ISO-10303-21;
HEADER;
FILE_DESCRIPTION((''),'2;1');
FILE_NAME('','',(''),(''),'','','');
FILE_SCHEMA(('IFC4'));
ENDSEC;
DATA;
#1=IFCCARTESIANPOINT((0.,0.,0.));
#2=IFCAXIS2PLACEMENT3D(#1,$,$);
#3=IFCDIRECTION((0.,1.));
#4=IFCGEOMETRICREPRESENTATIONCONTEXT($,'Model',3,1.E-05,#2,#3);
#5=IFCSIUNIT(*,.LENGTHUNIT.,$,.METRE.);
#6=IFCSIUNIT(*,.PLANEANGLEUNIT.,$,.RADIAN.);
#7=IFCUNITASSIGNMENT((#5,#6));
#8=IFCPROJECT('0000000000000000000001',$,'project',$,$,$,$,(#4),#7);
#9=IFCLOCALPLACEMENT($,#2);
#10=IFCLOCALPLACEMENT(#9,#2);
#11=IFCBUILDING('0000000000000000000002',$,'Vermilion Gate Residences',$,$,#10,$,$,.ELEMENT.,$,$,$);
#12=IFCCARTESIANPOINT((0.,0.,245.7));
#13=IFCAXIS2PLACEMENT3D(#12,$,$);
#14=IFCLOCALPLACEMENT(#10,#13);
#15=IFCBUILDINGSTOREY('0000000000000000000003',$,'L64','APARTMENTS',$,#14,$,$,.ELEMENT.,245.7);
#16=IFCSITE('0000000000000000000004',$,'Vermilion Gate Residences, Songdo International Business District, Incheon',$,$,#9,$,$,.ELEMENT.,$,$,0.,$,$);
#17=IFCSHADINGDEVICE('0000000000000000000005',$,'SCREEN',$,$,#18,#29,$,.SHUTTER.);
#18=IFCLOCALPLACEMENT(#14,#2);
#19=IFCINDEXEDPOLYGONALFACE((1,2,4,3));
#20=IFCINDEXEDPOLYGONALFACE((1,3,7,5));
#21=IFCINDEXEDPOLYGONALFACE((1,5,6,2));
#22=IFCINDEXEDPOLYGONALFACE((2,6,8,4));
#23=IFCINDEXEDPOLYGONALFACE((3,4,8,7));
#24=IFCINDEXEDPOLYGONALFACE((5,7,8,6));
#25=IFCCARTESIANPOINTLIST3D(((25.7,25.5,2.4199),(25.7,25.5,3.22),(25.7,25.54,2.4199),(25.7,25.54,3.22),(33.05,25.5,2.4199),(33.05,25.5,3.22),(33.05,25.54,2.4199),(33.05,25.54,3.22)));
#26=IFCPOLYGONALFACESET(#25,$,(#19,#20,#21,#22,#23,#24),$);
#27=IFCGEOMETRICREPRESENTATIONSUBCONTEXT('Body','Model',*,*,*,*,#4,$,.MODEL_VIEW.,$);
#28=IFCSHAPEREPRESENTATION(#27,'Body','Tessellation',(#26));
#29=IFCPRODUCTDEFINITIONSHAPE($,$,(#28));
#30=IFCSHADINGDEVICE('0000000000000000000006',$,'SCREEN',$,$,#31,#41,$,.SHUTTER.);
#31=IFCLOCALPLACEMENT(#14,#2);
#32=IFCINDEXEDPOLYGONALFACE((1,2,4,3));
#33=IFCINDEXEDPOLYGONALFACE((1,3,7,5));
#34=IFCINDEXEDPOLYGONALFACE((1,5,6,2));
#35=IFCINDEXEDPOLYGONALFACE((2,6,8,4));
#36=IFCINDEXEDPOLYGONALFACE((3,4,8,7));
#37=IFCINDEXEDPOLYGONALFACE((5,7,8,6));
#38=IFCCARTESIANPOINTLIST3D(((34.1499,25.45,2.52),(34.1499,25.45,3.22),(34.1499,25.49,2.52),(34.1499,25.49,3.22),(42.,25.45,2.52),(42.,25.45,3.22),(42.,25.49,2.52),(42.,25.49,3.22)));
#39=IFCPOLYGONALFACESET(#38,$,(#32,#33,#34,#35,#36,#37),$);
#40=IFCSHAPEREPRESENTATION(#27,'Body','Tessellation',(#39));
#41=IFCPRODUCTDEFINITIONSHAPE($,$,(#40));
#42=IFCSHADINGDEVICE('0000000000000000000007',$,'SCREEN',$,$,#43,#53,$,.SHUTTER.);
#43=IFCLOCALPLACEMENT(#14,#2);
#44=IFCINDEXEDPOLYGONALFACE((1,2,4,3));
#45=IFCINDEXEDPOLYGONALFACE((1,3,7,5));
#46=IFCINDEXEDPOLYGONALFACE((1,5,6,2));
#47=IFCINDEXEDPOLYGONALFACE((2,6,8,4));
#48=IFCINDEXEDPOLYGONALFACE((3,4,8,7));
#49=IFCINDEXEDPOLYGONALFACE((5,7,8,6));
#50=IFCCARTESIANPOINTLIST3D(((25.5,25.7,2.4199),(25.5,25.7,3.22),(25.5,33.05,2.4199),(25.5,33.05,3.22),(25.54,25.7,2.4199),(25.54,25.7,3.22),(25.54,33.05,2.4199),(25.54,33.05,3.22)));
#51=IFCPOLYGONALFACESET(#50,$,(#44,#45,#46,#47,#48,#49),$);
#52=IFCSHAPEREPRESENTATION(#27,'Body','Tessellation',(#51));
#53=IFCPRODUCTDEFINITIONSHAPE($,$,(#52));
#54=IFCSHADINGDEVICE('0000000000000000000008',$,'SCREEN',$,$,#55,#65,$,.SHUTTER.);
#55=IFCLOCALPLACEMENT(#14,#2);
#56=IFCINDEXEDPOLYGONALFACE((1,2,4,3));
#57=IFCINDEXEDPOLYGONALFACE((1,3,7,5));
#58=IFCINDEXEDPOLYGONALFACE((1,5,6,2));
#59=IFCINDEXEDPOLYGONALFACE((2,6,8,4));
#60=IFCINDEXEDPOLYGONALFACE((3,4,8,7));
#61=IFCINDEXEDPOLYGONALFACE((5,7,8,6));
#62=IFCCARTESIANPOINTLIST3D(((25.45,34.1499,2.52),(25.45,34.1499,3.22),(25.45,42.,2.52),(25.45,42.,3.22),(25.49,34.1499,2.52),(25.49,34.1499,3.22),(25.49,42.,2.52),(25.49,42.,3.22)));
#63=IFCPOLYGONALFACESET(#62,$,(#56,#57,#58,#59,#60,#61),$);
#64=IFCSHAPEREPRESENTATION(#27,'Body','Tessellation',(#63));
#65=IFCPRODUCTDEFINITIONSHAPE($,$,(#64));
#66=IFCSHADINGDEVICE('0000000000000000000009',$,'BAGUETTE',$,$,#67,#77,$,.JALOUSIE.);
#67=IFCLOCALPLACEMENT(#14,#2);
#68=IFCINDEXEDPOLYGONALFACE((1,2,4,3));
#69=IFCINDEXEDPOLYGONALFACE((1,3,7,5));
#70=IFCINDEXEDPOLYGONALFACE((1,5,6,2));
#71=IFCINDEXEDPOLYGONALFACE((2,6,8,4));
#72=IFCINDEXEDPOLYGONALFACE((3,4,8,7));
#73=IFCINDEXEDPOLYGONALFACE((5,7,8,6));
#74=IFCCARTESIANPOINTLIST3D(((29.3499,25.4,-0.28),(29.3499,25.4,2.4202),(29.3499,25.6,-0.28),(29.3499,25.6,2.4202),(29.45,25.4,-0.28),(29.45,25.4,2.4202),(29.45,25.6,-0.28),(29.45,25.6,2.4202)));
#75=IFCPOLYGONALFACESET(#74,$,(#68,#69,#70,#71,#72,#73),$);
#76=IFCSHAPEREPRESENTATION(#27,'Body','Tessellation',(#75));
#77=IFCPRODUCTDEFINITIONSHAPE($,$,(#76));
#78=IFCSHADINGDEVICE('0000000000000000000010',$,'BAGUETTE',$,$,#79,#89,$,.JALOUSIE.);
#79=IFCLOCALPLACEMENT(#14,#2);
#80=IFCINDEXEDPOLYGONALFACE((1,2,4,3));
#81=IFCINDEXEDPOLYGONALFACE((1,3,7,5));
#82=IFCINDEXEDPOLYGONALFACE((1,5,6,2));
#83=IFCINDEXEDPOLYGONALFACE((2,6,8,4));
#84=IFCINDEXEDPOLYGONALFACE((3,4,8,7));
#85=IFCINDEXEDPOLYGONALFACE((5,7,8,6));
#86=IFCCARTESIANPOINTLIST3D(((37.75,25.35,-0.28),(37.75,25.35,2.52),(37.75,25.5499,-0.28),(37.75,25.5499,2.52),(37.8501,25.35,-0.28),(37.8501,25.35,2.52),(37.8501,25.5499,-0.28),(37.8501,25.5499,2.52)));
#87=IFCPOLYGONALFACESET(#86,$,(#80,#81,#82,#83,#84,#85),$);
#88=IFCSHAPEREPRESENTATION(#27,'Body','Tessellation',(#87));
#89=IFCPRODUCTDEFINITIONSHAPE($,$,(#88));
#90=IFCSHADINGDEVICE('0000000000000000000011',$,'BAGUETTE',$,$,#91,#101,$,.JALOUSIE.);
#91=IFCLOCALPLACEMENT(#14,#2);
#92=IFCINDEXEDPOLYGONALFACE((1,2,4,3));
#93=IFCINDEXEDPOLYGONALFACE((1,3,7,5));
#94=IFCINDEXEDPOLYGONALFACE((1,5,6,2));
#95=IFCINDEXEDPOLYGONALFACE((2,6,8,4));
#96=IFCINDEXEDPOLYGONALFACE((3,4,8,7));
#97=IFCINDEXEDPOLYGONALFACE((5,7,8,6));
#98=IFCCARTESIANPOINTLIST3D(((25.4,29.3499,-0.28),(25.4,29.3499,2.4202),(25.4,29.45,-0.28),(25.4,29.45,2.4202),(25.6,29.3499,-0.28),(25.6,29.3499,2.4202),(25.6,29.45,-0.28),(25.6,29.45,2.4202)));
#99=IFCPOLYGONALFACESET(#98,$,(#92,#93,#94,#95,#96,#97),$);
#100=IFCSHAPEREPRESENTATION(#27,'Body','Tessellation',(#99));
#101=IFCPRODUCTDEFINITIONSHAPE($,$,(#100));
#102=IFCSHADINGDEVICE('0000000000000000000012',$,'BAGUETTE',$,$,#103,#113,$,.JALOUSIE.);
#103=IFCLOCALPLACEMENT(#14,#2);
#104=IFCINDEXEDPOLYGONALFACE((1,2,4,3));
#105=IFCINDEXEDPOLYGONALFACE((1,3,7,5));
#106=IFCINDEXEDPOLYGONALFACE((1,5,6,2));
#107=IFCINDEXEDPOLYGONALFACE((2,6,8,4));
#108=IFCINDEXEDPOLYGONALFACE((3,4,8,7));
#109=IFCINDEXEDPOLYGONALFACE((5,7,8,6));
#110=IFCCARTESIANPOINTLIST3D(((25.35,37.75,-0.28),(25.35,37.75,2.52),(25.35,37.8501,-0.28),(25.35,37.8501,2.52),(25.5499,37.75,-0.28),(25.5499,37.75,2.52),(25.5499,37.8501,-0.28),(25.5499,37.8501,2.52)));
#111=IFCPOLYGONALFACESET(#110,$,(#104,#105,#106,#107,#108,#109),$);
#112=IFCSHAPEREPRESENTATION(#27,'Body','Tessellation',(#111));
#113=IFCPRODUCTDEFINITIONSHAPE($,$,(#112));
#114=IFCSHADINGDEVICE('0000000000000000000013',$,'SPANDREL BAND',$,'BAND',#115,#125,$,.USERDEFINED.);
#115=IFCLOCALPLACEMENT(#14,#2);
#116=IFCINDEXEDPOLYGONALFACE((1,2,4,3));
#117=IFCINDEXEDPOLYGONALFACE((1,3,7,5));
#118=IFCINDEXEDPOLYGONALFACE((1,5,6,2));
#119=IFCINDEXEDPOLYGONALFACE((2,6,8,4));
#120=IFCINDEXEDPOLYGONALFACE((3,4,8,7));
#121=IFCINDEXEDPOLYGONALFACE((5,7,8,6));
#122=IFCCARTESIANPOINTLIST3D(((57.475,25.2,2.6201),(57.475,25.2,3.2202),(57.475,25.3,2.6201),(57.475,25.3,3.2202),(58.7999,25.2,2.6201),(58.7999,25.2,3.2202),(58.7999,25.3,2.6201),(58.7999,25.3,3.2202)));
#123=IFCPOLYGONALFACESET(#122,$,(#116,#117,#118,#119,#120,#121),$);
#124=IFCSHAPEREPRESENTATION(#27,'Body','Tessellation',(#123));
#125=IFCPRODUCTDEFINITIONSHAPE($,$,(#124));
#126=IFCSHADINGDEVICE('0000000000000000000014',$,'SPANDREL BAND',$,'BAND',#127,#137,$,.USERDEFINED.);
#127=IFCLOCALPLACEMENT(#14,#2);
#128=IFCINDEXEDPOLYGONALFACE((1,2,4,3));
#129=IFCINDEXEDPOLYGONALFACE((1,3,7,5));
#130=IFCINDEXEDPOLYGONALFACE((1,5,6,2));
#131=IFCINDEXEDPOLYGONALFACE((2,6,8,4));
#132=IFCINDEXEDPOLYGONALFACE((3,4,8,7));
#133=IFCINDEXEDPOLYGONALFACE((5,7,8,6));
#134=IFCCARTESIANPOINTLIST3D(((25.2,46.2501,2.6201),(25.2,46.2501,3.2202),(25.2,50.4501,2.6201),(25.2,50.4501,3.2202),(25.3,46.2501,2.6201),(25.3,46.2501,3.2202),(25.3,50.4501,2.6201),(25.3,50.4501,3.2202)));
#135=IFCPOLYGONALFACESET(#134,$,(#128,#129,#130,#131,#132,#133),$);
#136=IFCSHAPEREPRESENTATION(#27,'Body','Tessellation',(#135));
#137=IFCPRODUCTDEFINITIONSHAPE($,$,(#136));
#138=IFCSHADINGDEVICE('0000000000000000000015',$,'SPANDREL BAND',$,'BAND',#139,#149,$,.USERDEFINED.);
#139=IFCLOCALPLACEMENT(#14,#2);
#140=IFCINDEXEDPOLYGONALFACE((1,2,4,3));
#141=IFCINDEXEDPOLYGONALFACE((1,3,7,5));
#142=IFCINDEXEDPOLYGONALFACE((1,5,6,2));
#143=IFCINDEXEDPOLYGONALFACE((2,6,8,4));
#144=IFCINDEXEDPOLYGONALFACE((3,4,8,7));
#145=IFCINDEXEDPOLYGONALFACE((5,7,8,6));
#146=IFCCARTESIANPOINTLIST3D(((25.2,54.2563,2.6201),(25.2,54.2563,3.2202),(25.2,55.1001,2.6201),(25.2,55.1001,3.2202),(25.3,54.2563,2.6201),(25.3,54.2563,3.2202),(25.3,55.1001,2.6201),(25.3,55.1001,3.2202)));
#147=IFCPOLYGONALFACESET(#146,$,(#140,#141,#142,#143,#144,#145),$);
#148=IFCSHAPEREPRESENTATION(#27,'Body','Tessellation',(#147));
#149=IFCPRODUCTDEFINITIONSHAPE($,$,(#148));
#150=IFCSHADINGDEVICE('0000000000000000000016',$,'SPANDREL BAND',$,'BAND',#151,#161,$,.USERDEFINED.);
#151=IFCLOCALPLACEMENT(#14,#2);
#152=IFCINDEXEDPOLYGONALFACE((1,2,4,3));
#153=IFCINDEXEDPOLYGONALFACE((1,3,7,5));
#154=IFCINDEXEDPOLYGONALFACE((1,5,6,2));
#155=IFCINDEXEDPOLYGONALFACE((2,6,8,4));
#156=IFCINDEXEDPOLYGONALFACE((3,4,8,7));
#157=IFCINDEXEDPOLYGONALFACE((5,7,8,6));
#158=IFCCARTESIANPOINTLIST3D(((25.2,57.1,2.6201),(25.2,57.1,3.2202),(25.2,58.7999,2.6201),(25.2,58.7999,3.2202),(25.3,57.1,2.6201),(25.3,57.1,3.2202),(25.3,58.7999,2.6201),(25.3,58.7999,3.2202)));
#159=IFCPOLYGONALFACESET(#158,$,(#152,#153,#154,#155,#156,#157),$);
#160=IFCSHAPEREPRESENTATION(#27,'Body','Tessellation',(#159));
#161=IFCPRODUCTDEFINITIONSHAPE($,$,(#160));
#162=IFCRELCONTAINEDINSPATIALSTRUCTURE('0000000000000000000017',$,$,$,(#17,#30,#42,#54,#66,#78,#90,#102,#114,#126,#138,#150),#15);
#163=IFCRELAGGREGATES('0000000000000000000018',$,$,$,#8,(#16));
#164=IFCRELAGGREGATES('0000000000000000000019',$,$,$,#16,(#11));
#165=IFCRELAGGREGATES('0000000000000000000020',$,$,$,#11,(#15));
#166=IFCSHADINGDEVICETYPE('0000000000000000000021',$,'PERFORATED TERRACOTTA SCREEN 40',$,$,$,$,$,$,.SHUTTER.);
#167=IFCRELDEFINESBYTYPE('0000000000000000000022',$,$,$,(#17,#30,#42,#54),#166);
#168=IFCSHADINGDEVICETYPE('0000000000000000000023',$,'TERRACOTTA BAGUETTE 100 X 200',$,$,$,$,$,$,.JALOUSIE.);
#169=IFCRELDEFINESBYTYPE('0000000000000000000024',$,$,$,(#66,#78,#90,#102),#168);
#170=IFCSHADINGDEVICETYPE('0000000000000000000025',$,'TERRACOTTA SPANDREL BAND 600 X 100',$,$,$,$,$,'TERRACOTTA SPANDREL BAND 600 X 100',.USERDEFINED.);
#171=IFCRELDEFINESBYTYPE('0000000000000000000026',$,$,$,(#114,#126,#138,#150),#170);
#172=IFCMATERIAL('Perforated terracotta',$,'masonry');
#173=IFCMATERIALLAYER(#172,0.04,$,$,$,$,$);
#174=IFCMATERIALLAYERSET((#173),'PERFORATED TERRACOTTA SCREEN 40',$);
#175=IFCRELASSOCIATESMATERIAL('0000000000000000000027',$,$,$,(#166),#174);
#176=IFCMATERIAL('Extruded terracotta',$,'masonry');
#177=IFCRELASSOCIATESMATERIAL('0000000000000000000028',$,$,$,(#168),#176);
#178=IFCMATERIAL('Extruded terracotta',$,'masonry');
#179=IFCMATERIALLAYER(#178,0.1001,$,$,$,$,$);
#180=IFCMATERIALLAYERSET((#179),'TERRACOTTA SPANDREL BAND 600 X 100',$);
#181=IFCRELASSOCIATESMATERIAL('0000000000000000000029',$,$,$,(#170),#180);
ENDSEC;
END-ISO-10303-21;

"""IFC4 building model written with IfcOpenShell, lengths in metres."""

from ifc_helpers import new_model, si_unit, direction, frame, origin, origin_2d, place, context, subcontext, project, spatial, rectangle, extrude, material, layer, layer_set, material_profile, profile_set, type_object, element, save


model = new_model("IFC4")

# Units and contexts
model_context = context("Model", 3, precision=1e-05, world=origin(), true_north=direction((0.0, 1.0)))
body_context = subcontext(model_context, "Body", "Model", "MODEL_VIEW")
ifc_project = project(units=[si_unit("LENGTHUNIT", "METRE"), si_unit("PLANEANGLEUNIT", "RADIAN")], contexts=[model_context])

# Site, building, storey
site_placement = place(None, origin())
site = spatial("IfcSite", under=ifc_project, at=site_placement, Name="Vermilion Gate Residences, Songdo International Business District, Incheon", CompositionType="ELEMENT", RefElevation=0.0)
building_placement = place(site_placement, origin())
building = spatial("IfcBuilding", under=site, at=building_placement, Name="Vermilion Gate Residences", CompositionType="ELEMENT")
storey_placement = place(building_placement, frame((0.0, 0.0, 245.7)))
storey = spatial("IfcBuildingStorey", under=building, at=storey_placement, Name="L64", Description="APARTMENTS", CompositionType="ELEMENT", Elevation=245.7)

# Shading devices
ifc_material_1 = material(Name="Perforated terracotta", Category="masonry")
ifc_layer_1 = layer(ifc_material_1, 0.04)
ifc_layer_set_1 = layer_set([ifc_layer_1], Name="PERFORATED TERRACOTTA SCREEN 40")
shading_device_type_1 = type_object("IfcShadingDeviceType", Name="PERFORATED TERRACOTTA SCREEN 40", PredefinedType="SHUTTER", material=ifc_layer_set_1)
shading_device_1_placement = place(storey_placement, frame((29.375, 25.52, 2.4199), z_axis=(0.0, 0.0, 1.0), x_axis=(-1.0, 0.0, 0.0)))
element("IfcShadingDevice", 1, at=shading_device_1_placement, inside=storey, type_object=shading_device_type_1, Name="SCREEN", PredefinedType="SHUTTER", context=body_context, shape_type="SweptSolid", body=[
    extrude(rectangle(XDim=7.3501, YDim=0.04, at=origin_2d()), origin(), (0.0, 0.0, 1.0), 0.8),
])
shading_device_2_placement = place(storey_placement, frame((38.075, 25.47, 2.52), z_axis=(0.0, 0.0, 1.0), x_axis=(-1.0, 0.0, 0.0)))
element("IfcShadingDevice", 2, at=shading_device_2_placement, inside=storey, type_object=shading_device_type_1, Name="SCREEN", PredefinedType="SHUTTER", context=body_context, shape_type="SweptSolid", body=[
    extrude(rectangle(XDim=7.8501, YDim=0.04, at=origin_2d()), origin(), (0.0, 0.0, 1.0), 0.7),
])
shading_device_3_placement = place(storey_placement, frame((25.52, 29.375, 2.4199), z_axis=(0.0, 0.0, 1.0), x_axis=(0.0, 1.0, 0.0)))
element("IfcShadingDevice", 3, at=shading_device_3_placement, inside=storey, type_object=shading_device_type_1, Name="SCREEN", PredefinedType="SHUTTER", context=body_context, shape_type="SweptSolid", body=[
    extrude(rectangle(XDim=7.3501, YDim=0.04, at=origin_2d()), origin(), (0.0, 0.0, 1.0), 0.8),
])
shading_device_4_placement = place(storey_placement, frame((25.47, 38.075, 2.52), z_axis=(0.0, 0.0, 1.0), x_axis=(0.0, 1.0, 0.0)))
element("IfcShadingDevice", 4, at=shading_device_4_placement, inside=storey, type_object=shading_device_type_1, Name="SCREEN", PredefinedType="SHUTTER", context=body_context, shape_type="SweptSolid", body=[
    extrude(rectangle(XDim=7.8501, YDim=0.04, at=origin_2d()), origin(), (0.0, 0.0, 1.0), 0.7),
])
ifc_material_2 = material(Name="Extruded terracotta", Category="masonry")
ifc_material_profile = material_profile(ifc_material_2, rectangle(XDim=0.2, YDim=0.1001, at=origin_2d()), Name="BAGUETTE 100 X 200")
ifc_profile_set = profile_set([ifc_material_profile], Name="Extruded terracotta")
shading_device_type_2 = type_object("IfcShadingDeviceType", Name="TERRACOTTA BAGUETTE 100 X 200", PredefinedType="JALOUSIE", material=ifc_profile_set)
shading_device_5_placement = place(storey_placement, frame((29.3999, 25.5, -0.28), z_axis=(0.0, 0.0, 1.0), x_axis=(0.0, -1.0, 0.0)))
element("IfcShadingDevice", 5, at=shading_device_5_placement, inside=storey, type_object=shading_device_type_2, Name="BAGUETTE", PredefinedType="JALOUSIE", context=body_context, shape_type="SweptSolid", body=[
    extrude(rectangle(XDim=0.2, YDim=0.1001, at=origin_2d()), origin(), (0.0, 0.0, 1.0), 2.7002),
])
shading_device_6_placement = place(storey_placement, frame((37.8, 25.45, -0.28), z_axis=(0.0, 0.0, 1.0), x_axis=(0.0, -1.0, 0.0)))
element("IfcShadingDevice", 6, at=shading_device_6_placement, inside=storey, type_object=shading_device_type_2, Name="BAGUETTE", PredefinedType="JALOUSIE", context=body_context, shape_type="SweptSolid", body=[
    extrude(rectangle(XDim=0.2, YDim=0.1001, at=origin_2d()), origin(), (0.0, 0.0, 1.0), 2.8),
])
shading_device_7_placement = place(storey_placement, frame((25.5, 29.3999, -0.28), z_axis=(0.0, 0.0, 1.0), x_axis=(-1.0, 0.0, 0.0)))
element("IfcShadingDevice", 7, at=shading_device_7_placement, inside=storey, type_object=shading_device_type_2, Name="BAGUETTE", PredefinedType="JALOUSIE", context=body_context, shape_type="SweptSolid", body=[
    extrude(rectangle(XDim=0.2, YDim=0.1001, at=origin_2d()), origin(), (0.0, 0.0, 1.0), 2.7002),
])
shading_device_8_placement = place(storey_placement, frame((25.45, 37.8, -0.28), z_axis=(0.0, 0.0, 1.0), x_axis=(-1.0, 0.0, 0.0)))
element("IfcShadingDevice", 8, at=shading_device_8_placement, inside=storey, type_object=shading_device_type_2, Name="BAGUETTE", PredefinedType="JALOUSIE", context=body_context, shape_type="SweptSolid", body=[
    extrude(rectangle(XDim=0.2, YDim=0.1001, at=origin_2d()), origin(), (0.0, 0.0, 1.0), 2.8),
])
ifc_material_3 = material(Name="Extruded terracotta", Category="masonry")
ifc_layer_2 = layer(ifc_material_3, 0.1001)
ifc_layer_set_2 = layer_set([ifc_layer_2], Name="TERRACOTTA SPANDREL BAND 600 X 100")
shading_device_type_3 = type_object("IfcShadingDeviceType", Name="TERRACOTTA SPANDREL BAND 600 X 100", ElementType="TERRACOTTA SPANDREL BAND 600 X 100", PredefinedType="USERDEFINED", material=ifc_layer_set_2)
shading_device_9_placement = place(storey_placement, frame((58.1375, 25.25, 2.6201), z_axis=(0.0, 0.0, 1.0), x_axis=(1.0, 0.0, 0.0)))
element("IfcShadingDevice", 9, at=shading_device_9_placement, inside=storey, type_object=shading_device_type_3, Name="SPANDREL BAND", ObjectType="BAND", PredefinedType="USERDEFINED", context=body_context, shape_type="SweptSolid", body=[
    extrude(rectangle(XDim=1.325, YDim=0.1001, at=origin_2d()), origin(), (0.0, 0.0, 1.0), 0.6001),
])
shading_device_10_placement = place(storey_placement, frame((25.25, 48.3501, 2.6201), z_axis=(0.0, 0.0, 1.0), x_axis=(0.0, 1.0, 0.0)))
element("IfcShadingDevice", 10, at=shading_device_10_placement, inside=storey, type_object=shading_device_type_3, Name="SPANDREL BAND", ObjectType="BAND", PredefinedType="USERDEFINED", context=body_context, shape_type="SweptSolid", body=[
    extrude(rectangle(XDim=4.2, YDim=0.1001, at=origin_2d()), origin(), (0.0, 0.0, 1.0), 0.6001),
])
shading_device_11_placement = place(storey_placement, frame((25.25, 54.6782, 2.6201), z_axis=(0.0, 0.0, 1.0), x_axis=(0.0, 1.0, 0.0)))
element("IfcShadingDevice", 11, at=shading_device_11_placement, inside=storey, type_object=shading_device_type_3, Name="SPANDREL BAND", ObjectType="BAND", PredefinedType="USERDEFINED", context=body_context, shape_type="SweptSolid", body=[
    extrude(rectangle(XDim=0.8438, YDim=0.1001, at=origin_2d()), origin(), (0.0, 0.0, 1.0), 0.6001),
])
shading_device_12_placement = place(storey_placement, frame((25.25, 57.95, 2.6201), z_axis=(0.0, 0.0, 1.0), x_axis=(0.0, 1.0, 0.0)))
element("IfcShadingDevice", 12, at=shading_device_12_placement, inside=storey, type_object=shading_device_type_3, Name="SPANDREL BAND", ObjectType="BAND", PredefinedType="USERDEFINED", context=body_context, shape_type="SweptSolid", body=[
    extrude(rectangle(XDim=1.7, YDim=0.1001, at=origin_2d()), origin(), (0.0, 0.0, 1.0), 0.6001),
])

save(model, "model.ifc")
